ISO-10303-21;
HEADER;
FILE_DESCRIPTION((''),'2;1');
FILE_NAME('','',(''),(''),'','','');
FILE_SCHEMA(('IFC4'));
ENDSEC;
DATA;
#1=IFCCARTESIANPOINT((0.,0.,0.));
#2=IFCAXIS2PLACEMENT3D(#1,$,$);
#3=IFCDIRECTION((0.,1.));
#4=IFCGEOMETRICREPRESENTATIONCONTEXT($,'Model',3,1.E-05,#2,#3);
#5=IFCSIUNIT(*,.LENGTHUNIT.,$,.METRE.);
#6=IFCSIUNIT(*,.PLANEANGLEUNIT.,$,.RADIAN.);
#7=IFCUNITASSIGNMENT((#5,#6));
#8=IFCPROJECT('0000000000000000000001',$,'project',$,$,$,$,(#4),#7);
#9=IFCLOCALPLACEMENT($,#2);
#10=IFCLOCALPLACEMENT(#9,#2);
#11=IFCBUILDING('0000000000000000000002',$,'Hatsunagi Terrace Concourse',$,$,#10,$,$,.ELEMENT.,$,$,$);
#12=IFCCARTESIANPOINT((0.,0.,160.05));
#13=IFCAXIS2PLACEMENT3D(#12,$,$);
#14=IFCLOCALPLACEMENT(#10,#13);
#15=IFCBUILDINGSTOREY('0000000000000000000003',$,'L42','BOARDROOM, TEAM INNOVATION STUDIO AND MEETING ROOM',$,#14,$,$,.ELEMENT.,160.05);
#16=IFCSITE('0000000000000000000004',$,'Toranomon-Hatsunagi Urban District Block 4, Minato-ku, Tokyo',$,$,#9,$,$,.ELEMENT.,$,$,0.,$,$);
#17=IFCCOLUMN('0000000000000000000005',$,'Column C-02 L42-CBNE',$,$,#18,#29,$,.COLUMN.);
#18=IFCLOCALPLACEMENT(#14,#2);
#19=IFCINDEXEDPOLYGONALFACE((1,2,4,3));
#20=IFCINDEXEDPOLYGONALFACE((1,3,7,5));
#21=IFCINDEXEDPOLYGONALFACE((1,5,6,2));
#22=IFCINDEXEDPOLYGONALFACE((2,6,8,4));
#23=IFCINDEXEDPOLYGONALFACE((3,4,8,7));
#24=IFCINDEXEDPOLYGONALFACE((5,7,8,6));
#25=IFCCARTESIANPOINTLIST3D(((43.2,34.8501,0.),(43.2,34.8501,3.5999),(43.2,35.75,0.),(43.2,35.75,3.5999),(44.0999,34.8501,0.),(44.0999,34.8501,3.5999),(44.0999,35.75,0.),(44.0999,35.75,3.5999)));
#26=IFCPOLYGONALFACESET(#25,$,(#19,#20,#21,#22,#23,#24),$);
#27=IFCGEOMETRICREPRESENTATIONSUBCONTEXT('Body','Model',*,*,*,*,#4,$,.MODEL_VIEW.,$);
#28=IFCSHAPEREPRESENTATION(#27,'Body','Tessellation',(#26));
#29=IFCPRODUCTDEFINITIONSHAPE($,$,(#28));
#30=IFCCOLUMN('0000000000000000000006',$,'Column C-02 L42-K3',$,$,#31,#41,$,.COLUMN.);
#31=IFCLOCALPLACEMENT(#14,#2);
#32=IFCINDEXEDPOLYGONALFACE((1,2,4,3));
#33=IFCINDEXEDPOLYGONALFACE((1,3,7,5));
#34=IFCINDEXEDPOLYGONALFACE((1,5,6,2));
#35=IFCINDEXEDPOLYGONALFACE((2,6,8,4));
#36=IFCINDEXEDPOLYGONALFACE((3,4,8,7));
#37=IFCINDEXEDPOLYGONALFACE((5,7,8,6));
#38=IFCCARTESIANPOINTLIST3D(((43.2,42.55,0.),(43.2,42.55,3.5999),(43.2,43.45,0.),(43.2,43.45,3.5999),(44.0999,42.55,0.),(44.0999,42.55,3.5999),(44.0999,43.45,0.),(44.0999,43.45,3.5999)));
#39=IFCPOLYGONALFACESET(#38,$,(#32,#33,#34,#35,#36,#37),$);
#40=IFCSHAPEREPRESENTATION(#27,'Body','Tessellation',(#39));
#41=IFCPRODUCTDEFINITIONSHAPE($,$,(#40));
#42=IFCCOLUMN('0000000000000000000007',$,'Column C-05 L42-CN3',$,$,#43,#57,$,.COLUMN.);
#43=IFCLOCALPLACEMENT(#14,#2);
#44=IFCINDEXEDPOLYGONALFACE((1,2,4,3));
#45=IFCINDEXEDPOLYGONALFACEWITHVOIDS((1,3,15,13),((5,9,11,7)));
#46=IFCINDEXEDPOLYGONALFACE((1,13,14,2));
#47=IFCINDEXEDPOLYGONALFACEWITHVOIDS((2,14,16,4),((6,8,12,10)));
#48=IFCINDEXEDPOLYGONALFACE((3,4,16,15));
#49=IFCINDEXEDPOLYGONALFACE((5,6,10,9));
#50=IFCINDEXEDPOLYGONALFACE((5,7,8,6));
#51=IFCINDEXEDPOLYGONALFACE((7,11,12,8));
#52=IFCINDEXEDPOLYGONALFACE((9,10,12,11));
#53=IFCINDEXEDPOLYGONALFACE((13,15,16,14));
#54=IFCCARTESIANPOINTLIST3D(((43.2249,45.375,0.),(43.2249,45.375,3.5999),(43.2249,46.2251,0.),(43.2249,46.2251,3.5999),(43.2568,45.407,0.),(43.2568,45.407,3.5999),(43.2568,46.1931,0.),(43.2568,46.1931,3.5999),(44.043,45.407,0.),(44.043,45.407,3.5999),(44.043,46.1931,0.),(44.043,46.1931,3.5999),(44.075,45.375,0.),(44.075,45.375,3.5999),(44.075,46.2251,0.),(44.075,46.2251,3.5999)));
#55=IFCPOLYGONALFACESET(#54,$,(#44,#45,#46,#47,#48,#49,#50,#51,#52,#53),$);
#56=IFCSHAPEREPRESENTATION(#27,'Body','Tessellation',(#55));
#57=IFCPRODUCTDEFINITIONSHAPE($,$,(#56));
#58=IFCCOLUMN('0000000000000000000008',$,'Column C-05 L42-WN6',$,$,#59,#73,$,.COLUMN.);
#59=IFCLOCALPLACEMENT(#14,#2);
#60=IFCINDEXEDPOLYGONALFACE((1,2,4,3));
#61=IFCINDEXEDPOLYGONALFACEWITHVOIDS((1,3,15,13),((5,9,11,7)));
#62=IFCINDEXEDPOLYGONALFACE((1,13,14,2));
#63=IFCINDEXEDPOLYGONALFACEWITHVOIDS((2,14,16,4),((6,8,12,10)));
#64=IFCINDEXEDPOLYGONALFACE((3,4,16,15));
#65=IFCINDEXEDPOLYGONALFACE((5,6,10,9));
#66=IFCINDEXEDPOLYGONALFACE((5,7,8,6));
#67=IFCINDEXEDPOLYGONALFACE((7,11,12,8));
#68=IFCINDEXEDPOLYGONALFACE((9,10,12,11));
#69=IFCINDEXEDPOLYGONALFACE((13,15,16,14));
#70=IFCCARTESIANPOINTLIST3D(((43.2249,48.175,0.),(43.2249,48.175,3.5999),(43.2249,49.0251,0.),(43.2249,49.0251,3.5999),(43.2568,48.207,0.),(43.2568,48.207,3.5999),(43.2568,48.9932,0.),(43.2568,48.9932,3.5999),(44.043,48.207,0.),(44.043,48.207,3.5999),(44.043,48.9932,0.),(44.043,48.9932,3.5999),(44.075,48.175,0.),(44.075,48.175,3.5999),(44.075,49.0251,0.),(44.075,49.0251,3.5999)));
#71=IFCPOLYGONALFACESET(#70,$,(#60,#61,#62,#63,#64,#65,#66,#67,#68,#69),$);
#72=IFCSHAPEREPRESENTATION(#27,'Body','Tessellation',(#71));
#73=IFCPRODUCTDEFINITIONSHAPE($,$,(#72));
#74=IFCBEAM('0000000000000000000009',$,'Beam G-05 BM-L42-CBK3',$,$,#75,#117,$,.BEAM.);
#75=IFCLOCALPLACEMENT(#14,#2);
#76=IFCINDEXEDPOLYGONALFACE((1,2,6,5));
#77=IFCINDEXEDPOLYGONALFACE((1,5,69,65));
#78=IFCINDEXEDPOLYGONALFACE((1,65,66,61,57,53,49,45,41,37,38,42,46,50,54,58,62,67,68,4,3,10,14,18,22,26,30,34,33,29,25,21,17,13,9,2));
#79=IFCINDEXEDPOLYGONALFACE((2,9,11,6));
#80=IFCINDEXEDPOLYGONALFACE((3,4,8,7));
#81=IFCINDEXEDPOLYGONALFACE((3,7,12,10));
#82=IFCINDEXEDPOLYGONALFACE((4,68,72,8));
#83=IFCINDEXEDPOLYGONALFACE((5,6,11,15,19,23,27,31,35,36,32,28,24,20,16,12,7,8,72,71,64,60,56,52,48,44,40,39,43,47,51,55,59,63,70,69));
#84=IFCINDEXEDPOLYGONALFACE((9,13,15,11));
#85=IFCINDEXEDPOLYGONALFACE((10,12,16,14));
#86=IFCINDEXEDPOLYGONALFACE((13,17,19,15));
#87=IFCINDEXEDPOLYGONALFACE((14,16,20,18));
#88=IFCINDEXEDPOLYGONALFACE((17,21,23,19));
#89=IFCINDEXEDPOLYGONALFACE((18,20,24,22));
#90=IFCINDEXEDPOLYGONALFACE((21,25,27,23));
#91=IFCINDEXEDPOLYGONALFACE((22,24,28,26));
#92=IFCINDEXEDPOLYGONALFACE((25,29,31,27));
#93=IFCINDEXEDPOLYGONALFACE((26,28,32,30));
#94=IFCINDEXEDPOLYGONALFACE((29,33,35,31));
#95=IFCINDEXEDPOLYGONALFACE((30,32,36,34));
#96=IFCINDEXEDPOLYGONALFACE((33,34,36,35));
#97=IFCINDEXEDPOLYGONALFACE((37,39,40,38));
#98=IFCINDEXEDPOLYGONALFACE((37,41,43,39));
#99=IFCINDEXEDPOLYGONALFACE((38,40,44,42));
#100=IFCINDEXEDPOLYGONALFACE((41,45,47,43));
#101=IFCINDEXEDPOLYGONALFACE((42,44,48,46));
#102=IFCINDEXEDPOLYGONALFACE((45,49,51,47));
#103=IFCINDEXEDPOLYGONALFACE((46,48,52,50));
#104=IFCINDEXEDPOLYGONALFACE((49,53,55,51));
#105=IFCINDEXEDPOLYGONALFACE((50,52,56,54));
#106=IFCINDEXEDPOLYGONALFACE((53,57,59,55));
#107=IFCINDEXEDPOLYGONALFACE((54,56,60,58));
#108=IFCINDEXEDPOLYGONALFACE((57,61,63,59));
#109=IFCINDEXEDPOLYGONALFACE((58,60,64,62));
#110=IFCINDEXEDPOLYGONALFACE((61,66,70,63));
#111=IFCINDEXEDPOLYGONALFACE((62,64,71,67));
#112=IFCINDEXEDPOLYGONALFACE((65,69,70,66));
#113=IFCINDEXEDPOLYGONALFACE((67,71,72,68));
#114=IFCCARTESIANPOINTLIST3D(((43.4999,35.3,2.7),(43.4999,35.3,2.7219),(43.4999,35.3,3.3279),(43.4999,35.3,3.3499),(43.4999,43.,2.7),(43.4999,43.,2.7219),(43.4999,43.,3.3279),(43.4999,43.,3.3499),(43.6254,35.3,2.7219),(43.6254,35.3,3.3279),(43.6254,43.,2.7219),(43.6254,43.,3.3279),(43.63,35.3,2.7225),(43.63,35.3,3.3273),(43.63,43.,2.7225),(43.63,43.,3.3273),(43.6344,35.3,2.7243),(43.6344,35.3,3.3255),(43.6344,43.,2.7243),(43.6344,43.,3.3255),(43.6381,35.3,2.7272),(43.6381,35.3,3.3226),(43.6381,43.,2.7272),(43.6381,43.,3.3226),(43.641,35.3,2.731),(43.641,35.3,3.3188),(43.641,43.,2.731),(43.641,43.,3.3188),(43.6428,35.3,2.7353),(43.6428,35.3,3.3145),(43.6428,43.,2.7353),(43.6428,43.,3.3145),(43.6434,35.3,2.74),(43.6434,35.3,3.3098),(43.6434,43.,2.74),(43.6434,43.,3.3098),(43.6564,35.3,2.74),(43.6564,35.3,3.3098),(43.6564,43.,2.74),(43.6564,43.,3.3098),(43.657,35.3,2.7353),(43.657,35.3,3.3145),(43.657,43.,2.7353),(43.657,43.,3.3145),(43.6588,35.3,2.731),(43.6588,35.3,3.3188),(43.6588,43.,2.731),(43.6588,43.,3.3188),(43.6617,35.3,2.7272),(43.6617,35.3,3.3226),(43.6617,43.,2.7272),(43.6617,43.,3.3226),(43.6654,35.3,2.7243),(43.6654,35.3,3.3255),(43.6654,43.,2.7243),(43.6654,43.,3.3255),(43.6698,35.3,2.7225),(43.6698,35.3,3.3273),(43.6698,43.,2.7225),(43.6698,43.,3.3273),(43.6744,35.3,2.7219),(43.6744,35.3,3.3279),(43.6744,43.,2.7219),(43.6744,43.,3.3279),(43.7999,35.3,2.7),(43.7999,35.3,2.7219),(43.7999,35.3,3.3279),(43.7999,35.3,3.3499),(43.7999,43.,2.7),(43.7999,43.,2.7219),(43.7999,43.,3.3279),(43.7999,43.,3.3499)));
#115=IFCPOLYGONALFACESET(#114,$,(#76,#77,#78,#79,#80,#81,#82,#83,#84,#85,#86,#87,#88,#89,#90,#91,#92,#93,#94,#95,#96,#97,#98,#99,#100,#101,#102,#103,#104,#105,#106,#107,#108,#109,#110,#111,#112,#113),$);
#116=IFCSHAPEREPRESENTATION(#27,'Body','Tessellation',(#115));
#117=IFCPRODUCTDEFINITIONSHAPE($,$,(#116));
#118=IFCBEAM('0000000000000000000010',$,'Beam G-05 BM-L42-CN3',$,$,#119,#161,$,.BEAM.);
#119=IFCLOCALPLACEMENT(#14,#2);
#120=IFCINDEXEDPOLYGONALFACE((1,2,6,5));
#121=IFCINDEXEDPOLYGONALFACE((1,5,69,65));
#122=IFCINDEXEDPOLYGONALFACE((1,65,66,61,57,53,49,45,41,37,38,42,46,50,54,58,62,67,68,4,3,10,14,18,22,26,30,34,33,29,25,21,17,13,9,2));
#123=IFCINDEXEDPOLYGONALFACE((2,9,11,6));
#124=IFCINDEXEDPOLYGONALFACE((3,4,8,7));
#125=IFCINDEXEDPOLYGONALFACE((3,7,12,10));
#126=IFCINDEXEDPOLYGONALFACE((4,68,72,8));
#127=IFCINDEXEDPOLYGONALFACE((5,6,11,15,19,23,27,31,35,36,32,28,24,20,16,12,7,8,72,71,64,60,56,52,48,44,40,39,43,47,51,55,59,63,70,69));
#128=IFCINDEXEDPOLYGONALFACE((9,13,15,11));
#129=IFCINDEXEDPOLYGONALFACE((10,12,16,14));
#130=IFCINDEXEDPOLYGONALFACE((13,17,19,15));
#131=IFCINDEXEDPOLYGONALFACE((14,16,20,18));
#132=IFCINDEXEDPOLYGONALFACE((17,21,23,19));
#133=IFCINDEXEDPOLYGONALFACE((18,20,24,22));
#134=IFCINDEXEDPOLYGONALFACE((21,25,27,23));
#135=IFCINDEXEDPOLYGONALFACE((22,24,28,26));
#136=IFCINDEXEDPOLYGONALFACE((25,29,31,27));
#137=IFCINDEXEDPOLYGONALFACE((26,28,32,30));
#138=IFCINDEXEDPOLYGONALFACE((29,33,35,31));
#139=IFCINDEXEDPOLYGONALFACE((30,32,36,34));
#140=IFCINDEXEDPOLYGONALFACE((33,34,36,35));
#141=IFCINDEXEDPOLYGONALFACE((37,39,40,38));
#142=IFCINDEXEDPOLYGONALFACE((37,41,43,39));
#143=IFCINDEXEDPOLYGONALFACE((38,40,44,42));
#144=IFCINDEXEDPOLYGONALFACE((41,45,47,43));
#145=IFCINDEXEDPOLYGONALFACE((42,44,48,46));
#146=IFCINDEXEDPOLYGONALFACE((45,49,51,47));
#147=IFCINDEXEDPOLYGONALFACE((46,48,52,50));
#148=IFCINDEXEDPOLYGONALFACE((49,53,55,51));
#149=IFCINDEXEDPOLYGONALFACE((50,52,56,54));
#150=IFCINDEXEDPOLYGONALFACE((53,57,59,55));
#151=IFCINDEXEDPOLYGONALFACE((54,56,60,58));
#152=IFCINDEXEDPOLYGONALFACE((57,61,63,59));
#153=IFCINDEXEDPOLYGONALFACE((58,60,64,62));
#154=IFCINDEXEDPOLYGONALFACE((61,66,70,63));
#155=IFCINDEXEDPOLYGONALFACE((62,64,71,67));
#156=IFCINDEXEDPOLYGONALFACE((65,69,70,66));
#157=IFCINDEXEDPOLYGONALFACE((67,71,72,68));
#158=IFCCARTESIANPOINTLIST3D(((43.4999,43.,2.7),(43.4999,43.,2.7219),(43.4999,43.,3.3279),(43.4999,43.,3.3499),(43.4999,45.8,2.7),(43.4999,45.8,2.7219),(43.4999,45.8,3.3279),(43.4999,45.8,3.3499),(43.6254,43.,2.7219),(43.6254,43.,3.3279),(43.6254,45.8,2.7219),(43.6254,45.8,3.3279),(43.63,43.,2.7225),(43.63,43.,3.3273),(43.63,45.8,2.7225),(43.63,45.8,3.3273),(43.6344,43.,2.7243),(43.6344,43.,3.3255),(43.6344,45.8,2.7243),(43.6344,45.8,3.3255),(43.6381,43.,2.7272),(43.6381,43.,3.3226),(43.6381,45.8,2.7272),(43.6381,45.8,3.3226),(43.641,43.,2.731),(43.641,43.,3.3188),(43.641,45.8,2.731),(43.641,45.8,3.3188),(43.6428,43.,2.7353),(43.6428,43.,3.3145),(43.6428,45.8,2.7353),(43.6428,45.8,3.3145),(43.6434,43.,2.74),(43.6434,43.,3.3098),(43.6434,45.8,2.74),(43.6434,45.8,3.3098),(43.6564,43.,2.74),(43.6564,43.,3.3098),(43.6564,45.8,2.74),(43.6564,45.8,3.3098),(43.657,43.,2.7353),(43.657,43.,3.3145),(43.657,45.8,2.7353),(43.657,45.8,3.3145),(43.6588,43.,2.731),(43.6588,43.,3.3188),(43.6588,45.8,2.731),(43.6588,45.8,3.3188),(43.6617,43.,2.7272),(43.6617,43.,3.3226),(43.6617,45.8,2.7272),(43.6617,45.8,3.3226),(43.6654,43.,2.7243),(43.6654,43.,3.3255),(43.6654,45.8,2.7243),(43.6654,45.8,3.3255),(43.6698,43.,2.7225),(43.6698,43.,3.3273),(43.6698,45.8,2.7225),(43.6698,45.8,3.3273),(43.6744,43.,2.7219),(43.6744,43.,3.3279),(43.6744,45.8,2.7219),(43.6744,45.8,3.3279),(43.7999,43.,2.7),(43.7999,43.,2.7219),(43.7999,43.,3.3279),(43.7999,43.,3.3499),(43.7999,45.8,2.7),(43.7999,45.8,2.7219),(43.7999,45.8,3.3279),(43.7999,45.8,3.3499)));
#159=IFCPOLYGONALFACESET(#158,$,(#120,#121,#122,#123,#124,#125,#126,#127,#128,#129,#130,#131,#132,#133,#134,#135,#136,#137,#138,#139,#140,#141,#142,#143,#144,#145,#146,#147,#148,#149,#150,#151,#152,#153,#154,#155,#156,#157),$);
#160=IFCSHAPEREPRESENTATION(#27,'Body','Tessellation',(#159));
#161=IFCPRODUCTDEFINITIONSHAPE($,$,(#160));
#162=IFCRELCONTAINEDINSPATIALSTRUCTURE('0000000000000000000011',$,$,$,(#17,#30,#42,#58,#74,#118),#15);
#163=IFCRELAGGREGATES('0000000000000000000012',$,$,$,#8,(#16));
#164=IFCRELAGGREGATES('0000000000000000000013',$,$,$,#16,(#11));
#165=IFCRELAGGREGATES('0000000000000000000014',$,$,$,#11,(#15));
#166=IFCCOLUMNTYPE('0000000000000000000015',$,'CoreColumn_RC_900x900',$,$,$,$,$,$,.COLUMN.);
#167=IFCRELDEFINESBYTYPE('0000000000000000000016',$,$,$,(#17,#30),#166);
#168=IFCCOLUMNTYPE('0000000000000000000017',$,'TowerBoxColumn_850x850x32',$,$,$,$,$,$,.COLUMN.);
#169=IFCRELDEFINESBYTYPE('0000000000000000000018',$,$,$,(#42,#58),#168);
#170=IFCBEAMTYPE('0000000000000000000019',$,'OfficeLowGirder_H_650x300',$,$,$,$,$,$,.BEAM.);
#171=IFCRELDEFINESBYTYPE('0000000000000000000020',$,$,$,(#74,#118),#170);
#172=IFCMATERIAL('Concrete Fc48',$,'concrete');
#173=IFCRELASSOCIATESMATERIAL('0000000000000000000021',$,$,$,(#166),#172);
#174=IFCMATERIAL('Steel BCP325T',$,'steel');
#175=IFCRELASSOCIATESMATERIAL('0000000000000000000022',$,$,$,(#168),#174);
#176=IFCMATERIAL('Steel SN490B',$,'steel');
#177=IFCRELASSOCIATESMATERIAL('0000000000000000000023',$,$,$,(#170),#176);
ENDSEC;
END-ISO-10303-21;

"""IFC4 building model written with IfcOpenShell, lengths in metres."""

from ifc_helpers import new_model, si_unit, direction, frame, origin, origin_2d, place, context, subcontext, project, spatial, rectangle, hollow_rectangle, i_section, extrude, material, material_profile, profile_set, type_object, element, save


model = new_model("IFC4")

# Units and contexts
model_context = context("Model", 3, precision=1e-05, world=origin(), true_north=direction((0.0, 1.0)))
body_context = subcontext(model_context, "Body", "Model", "MODEL_VIEW")
ifc_project = project(units=[si_unit("LENGTHUNIT", "METRE"), si_unit("PLANEANGLEUNIT", "RADIAN")], contexts=[model_context])

# Site, building, storey
site_placement = place(None, origin())
site = spatial("IfcSite", under=ifc_project, at=site_placement, Name="Toranomon-Hatsunagi Urban District Block 4, Minato-ku, Tokyo", CompositionType="ELEMENT", RefElevation=0.0)
building_placement = place(site_placement, origin())
building = spatial("IfcBuilding", under=site, at=building_placement, Name="Hatsunagi Terrace Concourse", CompositionType="ELEMENT")
storey_placement = place(building_placement, frame((0.0, 0.0, 160.05)))
storey = spatial("IfcBuildingStorey", under=building, at=storey_placement, Name="L42", Description="BOARDROOM, TEAM INNOVATION STUDIO AND MEETING ROOM", CompositionType="ELEMENT", Elevation=160.05)

# Columns
ifc_material_1 = material(Name="Concrete Fc48", Category="concrete")
ifc_material_profile_1 = material_profile(ifc_material_1, rectangle(XDim=0.8999, YDim=0.8999, at=origin_2d()), Name="RC-900x900")
ifc_profile_set_1 = profile_set([ifc_material_profile_1], Name="Concrete Fc48")
column_type_1 = type_object("IfcColumnType", Name="CoreColumn_RC_900x900", PredefinedType="COLUMN", material=ifc_profile_set_1)
for number, where, z_axis, x_axis, name in (
    (1, (43.6499, 35.3, 0.0), (0.0, 0.0, 1.0), (1.0, 0.0, 0.0), "Column C-02 L42-CBNE"),
    (2, (43.6499, 43.0, 0.0), (0.0, 0.0, 1.0), (1.0, 0.0, 0.0), "Column C-02 L42-K3"),
):
    element("IfcColumn", number, at=place(storey_placement, frame(where, z_axis=z_axis, x_axis=x_axis)), inside=storey, type_object=column_type_1, Name=name, PredefinedType="COLUMN", context=body_context, shape_type="SweptSolid", body=[
        extrude(rectangle(XDim=0.8999, YDim=0.8999, at=origin_2d()), origin(), (0.0, 0.0, 1.0), 3.5999),
    ])
ifc_material_2 = material(Name="Steel BCP325T", Category="steel")
ifc_material_profile_2 = material_profile(ifc_material_2, hollow_rectangle(XDim=0.8501, YDim=0.8501, WallThickness=0.032, at=origin_2d()), Name="BCP-850x850x32")
ifc_profile_set_2 = profile_set([ifc_material_profile_2], Name="Steel BCP325T")
column_type_2 = type_object("IfcColumnType", Name="TowerBoxColumn_850x850x32", PredefinedType="COLUMN", material=ifc_profile_set_2)
for number, where, z_axis, x_axis, name in (
    (3, (43.6499, 45.8, 0.0), (0.0, 0.0, 1.0), (1.0, 0.0, 0.0), "Column C-05 L42-CN3"),
    (4, (43.6499, 48.6001, 0.0), (0.0, 0.0, 1.0), (1.0, 0.0, 0.0), "Column C-05 L42-WN6"),
):
    element("IfcColumn", number, at=place(storey_placement, frame(where, z_axis=z_axis, x_axis=x_axis)), inside=storey, type_object=column_type_2, Name=name, PredefinedType="COLUMN", context=body_context, shape_type="SweptSolid", body=[
        extrude(hollow_rectangle(XDim=0.8501, YDim=0.8501, WallThickness=0.032, at=origin_2d()), origin(), (0.0, 0.0, 1.0), 3.5999),
    ])

# Beams
ifc_material_3 = material(Name="Steel SN490B", Category="steel")
ifc_material_profile_3 = material_profile(ifc_material_3, i_section(OverallWidth=0.3, OverallDepth=0.6499, WebThickness=0.0129, FlangeThickness=0.022, FilletRadius=0.0181, at=origin_2d()), Name="H-650x300x13x22")
ifc_profile_set_3 = profile_set([ifc_material_profile_3], Name="Steel SN490B")
beam_type_1 = type_object("IfcBeamType", Name="OfficeLowGirder_H_650x300", PredefinedType="BEAM", material=ifc_profile_set_3)
beam_1_placement = place(storey_placement, frame((43.6499, 35.3, 3.0249), z_axis=(0.0, 1.0, 0.0), x_axis=(-1.0, 0.0, 0.0)))
element("IfcBeam", 5, at=beam_1_placement, inside=storey, type_object=beam_type_1, Name="Beam G-05 BM-L42-CBK3", PredefinedType="BEAM", context=body_context, shape_type="SweptSolid", body=[
    extrude(i_section(OverallWidth=0.3, OverallDepth=0.6499, WebThickness=0.0129, FlangeThickness=0.022, FilletRadius=0.0181, at=origin_2d()), origin(), (0.0, 0.0, 1.0), 7.7),
])
for number, where, z_axis, x_axis, name in (
    (6, (43.6499, 43.0, 3.0249), (0.0, 1.0, 0.0), (-1.0, 0.0, 0.0), "Beam G-05 BM-L42-CN3"),
):
    element("IfcBeam", number, at=place(storey_placement, frame(where, z_axis=z_axis, x_axis=x_axis)), inside=storey, type_object=beam_type_1, Name=name, PredefinedType="BEAM", context=body_context, shape_type="SweptSolid", body=[
        extrude(i_section(OverallWidth=0.3, OverallDepth=0.6499, WebThickness=0.0129, FlangeThickness=0.022, FilletRadius=0.0181, at=origin_2d()), origin(), (0.0, 0.0, 1.0), 2.8),
    ])

save(model, "model.ifc")
